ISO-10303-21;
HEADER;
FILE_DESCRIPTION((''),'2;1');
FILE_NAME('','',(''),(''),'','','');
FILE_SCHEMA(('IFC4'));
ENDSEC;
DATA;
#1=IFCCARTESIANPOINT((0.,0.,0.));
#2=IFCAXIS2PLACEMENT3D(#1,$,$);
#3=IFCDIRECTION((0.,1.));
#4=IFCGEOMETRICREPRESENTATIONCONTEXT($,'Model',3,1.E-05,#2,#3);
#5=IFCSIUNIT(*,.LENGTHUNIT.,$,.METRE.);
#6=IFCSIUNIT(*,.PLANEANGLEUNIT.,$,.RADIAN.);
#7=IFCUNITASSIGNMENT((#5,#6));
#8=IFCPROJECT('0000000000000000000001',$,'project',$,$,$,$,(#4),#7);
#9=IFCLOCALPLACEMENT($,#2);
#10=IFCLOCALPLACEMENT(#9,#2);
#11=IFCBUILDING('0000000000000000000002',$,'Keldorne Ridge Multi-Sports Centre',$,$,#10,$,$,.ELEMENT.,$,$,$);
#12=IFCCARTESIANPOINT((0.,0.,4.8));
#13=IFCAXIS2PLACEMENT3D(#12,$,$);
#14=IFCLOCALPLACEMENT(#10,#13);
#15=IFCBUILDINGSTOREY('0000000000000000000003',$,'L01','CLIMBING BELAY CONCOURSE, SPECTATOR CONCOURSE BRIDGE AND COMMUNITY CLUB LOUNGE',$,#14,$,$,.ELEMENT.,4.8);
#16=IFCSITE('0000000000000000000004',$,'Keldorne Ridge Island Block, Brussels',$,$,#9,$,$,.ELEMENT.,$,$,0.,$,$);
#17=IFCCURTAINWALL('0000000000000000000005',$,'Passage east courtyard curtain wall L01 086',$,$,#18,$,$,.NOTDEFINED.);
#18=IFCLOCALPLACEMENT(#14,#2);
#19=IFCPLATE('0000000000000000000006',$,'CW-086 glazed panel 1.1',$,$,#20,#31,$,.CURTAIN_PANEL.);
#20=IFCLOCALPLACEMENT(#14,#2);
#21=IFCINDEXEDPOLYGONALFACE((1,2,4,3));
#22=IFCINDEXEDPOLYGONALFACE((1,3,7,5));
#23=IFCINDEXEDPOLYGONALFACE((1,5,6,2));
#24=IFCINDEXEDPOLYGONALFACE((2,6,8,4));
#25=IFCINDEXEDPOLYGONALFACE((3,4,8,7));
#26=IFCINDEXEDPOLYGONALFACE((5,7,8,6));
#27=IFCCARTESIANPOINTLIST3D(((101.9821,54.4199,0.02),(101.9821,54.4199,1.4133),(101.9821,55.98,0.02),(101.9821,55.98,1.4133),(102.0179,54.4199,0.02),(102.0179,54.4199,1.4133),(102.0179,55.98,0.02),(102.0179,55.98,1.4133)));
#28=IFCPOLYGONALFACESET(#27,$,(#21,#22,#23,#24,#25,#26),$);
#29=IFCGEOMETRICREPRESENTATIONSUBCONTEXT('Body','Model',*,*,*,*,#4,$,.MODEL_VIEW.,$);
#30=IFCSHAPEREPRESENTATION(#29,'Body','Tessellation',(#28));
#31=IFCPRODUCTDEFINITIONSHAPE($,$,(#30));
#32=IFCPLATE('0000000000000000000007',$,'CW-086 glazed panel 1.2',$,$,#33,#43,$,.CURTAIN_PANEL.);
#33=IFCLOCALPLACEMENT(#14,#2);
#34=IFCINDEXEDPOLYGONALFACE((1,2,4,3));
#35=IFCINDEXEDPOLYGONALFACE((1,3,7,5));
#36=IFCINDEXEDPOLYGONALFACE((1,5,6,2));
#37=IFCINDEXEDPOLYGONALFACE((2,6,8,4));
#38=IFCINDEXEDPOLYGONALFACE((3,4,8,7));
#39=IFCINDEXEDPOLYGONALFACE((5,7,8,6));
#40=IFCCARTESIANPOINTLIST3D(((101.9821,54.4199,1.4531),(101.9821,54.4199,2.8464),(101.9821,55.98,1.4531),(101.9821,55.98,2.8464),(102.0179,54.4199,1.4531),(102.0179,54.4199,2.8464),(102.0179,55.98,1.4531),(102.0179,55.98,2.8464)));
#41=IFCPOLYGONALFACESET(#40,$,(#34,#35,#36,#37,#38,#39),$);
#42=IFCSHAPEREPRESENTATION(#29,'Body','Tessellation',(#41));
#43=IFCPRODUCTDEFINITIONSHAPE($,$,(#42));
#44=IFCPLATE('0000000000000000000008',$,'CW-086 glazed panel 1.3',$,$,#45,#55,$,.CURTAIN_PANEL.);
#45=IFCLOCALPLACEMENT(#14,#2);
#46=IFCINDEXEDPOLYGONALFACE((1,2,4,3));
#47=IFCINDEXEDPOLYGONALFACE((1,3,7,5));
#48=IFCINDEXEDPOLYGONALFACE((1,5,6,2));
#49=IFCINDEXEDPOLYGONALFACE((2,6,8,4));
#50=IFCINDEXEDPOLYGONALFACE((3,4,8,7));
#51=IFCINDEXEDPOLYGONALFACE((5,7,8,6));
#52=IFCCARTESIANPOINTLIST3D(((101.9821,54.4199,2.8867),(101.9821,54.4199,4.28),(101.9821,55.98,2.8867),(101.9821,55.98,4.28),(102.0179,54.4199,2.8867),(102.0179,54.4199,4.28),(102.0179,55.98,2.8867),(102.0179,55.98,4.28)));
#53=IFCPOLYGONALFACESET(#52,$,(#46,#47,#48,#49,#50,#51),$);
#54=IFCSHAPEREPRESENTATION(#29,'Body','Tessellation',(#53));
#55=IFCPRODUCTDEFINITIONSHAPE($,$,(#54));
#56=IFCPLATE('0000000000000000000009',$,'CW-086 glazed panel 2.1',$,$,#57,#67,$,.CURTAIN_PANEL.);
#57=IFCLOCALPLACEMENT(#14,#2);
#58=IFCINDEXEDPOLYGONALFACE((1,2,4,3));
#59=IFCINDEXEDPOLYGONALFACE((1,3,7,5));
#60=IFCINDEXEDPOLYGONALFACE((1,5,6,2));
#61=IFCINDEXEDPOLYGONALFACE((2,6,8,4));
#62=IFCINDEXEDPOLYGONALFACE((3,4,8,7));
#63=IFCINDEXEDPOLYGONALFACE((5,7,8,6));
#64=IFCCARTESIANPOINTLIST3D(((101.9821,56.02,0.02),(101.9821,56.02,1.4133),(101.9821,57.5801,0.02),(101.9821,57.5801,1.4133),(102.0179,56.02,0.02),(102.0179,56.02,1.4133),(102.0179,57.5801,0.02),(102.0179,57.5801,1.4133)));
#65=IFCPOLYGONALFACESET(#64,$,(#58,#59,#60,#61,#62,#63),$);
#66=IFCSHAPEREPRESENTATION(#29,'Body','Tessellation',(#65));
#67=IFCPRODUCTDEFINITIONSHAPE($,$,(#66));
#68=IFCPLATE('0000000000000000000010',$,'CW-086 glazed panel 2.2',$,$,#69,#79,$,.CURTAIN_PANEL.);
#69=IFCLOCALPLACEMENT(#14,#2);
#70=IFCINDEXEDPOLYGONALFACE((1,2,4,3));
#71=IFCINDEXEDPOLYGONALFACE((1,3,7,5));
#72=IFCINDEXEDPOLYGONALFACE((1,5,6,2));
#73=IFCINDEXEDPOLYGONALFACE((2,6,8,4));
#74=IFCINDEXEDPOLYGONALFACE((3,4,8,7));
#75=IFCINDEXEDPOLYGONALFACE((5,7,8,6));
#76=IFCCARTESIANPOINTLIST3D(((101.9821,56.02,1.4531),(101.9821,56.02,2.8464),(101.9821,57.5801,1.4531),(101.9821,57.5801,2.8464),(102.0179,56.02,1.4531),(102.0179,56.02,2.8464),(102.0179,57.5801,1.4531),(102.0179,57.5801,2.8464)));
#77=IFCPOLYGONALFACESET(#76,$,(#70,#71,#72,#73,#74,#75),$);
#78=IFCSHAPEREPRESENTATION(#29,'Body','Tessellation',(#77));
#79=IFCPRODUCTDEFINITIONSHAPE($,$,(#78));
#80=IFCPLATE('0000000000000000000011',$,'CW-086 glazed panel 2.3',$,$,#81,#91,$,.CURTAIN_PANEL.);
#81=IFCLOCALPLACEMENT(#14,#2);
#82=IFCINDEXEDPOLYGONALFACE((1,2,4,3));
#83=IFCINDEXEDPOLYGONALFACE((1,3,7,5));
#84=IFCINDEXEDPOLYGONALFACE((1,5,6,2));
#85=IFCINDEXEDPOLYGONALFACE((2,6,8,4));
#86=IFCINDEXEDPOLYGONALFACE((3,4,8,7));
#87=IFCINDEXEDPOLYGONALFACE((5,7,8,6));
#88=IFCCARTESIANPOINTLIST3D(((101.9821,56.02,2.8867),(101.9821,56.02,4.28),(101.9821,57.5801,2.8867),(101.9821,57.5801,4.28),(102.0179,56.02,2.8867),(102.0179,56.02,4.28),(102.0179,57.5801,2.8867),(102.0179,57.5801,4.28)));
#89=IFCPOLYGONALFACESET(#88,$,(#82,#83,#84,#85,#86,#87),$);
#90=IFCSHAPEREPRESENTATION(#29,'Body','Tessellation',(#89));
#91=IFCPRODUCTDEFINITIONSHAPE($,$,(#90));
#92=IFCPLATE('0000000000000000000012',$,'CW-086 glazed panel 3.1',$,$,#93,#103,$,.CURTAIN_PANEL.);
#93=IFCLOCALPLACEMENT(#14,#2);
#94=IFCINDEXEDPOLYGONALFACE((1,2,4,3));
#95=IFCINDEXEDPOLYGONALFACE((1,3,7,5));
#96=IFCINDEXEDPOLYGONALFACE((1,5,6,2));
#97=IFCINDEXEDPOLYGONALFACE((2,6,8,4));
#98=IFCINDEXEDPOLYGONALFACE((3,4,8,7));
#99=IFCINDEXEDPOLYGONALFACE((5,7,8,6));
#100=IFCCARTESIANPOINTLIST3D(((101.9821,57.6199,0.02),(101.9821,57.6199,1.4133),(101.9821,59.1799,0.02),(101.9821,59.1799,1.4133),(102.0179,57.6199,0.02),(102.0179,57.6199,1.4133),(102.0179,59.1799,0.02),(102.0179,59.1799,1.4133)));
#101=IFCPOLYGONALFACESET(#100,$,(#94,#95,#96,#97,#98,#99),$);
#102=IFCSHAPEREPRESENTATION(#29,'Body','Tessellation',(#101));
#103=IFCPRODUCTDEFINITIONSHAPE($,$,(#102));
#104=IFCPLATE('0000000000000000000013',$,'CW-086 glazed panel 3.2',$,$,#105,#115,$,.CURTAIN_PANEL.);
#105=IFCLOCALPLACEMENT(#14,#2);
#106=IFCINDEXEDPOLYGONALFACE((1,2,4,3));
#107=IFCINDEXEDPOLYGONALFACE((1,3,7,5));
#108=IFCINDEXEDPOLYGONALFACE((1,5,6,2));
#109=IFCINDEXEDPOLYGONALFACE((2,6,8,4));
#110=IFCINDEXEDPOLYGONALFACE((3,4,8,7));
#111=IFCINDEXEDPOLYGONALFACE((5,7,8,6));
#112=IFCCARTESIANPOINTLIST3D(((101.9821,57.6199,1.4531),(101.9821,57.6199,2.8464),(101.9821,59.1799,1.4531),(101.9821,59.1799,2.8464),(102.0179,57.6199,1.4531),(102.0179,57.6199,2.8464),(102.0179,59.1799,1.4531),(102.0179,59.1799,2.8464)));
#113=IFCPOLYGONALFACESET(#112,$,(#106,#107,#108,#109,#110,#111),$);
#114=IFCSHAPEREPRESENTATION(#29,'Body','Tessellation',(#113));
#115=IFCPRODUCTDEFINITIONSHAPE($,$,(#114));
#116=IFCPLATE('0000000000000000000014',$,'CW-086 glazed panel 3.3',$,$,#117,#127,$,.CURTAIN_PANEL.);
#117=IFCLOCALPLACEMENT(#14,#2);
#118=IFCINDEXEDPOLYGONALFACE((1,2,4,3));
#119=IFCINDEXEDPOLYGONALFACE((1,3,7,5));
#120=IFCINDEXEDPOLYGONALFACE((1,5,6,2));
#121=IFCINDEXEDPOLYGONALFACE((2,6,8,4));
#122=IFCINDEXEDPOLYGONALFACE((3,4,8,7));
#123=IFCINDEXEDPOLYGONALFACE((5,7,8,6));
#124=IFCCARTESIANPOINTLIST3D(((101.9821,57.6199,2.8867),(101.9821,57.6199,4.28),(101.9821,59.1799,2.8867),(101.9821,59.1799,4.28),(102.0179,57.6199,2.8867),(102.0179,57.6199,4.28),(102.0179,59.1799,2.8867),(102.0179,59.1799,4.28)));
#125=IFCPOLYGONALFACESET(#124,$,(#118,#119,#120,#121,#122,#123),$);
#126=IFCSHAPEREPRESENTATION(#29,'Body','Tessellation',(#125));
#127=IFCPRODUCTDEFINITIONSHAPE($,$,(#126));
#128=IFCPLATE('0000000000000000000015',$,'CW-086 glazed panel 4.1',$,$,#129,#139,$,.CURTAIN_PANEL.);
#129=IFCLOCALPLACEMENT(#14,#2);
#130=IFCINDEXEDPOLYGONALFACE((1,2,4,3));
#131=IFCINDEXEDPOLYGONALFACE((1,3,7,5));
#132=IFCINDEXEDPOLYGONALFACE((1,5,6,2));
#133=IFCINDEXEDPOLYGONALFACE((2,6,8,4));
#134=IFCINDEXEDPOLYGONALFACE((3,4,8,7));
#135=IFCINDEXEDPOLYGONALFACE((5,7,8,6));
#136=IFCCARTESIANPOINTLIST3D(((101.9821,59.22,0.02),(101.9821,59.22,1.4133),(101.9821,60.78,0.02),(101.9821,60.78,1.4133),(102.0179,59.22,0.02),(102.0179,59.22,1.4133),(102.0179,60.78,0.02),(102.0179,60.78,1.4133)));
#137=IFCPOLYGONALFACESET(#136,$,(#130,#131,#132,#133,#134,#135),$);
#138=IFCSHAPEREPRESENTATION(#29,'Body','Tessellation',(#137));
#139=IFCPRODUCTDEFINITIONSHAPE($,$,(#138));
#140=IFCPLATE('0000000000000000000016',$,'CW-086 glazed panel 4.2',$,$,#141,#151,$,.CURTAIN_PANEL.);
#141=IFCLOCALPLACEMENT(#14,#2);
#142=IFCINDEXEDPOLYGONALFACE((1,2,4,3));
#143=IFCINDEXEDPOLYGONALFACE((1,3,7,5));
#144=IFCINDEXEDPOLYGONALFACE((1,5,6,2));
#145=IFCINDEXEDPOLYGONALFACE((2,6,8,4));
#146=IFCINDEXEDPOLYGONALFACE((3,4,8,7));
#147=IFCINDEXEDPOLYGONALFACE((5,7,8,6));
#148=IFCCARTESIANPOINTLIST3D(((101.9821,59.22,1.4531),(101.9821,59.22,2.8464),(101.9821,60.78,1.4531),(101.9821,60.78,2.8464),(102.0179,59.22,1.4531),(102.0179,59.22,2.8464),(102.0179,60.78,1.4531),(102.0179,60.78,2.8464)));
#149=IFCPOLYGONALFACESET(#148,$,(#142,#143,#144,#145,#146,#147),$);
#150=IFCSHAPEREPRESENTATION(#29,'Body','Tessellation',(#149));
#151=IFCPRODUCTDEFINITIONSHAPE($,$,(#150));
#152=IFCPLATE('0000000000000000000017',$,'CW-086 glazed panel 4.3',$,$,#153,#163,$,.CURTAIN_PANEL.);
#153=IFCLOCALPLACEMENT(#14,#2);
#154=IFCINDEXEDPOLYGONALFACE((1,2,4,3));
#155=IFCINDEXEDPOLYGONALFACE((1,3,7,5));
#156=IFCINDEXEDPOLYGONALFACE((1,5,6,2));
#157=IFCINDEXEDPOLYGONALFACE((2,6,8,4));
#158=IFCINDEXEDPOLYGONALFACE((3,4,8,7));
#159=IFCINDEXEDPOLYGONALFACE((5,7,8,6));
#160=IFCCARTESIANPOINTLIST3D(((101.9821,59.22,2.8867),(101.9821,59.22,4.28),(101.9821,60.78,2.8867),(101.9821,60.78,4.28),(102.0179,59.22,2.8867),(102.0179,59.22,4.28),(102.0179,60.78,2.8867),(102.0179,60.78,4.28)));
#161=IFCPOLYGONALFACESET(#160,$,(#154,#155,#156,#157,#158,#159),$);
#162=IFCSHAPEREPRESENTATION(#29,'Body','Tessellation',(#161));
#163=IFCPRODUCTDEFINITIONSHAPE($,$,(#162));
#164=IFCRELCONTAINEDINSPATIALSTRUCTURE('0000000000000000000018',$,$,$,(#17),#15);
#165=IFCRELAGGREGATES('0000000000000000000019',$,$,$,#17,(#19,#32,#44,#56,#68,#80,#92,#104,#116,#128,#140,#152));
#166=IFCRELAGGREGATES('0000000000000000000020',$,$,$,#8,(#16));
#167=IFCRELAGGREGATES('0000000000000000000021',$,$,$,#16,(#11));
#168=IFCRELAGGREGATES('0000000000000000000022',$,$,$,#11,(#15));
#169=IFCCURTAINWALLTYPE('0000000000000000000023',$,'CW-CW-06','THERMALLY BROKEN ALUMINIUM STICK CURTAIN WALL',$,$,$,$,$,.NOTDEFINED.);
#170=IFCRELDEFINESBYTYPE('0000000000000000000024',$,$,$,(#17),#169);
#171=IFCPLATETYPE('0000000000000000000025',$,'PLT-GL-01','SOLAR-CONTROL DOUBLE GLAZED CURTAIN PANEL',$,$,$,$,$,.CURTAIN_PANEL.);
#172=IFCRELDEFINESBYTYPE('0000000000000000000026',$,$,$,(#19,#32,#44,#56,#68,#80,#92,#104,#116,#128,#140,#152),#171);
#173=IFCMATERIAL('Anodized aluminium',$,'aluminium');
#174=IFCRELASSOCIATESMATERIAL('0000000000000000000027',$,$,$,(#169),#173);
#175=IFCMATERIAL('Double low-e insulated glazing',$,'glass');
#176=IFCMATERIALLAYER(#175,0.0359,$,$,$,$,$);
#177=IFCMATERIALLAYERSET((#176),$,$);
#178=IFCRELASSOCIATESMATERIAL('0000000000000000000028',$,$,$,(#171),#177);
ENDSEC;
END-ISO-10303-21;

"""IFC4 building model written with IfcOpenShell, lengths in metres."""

from ifc_helpers import new_model, si_unit, direction, frame, origin, origin_2d, place, context, subcontext, project, spatial, rectangle, extrude, material, layer, layer_set, type_object, element, aggregate, save


model = new_model("IFC4")

# Units and contexts
model_context = context("Model", 3, precision=1e-05, world=origin(), true_north=direction((0.0, 1.0)))
body_context = subcontext(model_context, "Body", "Model", "MODEL_VIEW")
ifc_project = project(units=[si_unit("LENGTHUNIT", "METRE"), si_unit("PLANEANGLEUNIT", "RADIAN")], contexts=[model_context])

# Site, building, storey
site_placement = place(None, origin())
site = spatial("IfcSite", under=ifc_project, at=site_placement, Name="Keldorne Ridge Island Block, Brussels", CompositionType="ELEMENT", RefElevation=0.0)
building_placement = place(site_placement, origin())
building = spatial("IfcBuilding", under=site, at=building_placement, Name="Keldorne Ridge Multi-Sports Centre", CompositionType="ELEMENT")
storey_placement = place(building_placement, frame((0.0, 0.0, 4.8)))
storey = spatial("IfcBuildingStorey", under=building, at=storey_placement, Name="L01", Description="CLIMBING BELAY CONCOURSE, SPECTATOR CONCOURSE BRIDGE AND COMMUNITY CLUB LOUNGE", CompositionType="ELEMENT", Elevation=4.8)

# Curtain wall
ifc_material_1 = material(Name="Anodized aluminium", Category="aluminium")
curtain_wall_type = type_object("IfcCurtainWallType", Name="CW-CW-06", Description="THERMALLY BROKEN ALUMINIUM STICK CURTAIN WALL", PredefinedType="NOTDEFINED", material=ifc_material_1)
curtain_wall_placement = place(storey_placement, origin())
curtain_wall = element("IfcCurtainWall", 1, at=curtain_wall_placement, inside=storey, type_object=curtain_wall_type, Name="Passage east courtyard curtain wall L01 086", PredefinedType="NOTDEFINED")

# Plates
ifc_material_2 = material(Name="Double low-e insulated glazing", Category="glass")
ifc_layer = layer(ifc_material_2, 0.0359)
ifc_layer_set = layer_set([ifc_layer])
plate_type = type_object("IfcPlateType", Name="PLT-GL-01", Description="SOLAR-CONTROL DOUBLE GLAZED CURTAIN PANEL", PredefinedType="CURTAIN_PANEL", material=ifc_layer_set)
plate_1_placement = place(storey_placement, frame((102.0, 55.2, 0.02), z_axis=(0.0, 0.0, 1.0), x_axis=(0.0, 1.0, 0.0)))
plate_1 = element("IfcPlate", 2, at=plate_1_placement, type_object=plate_type, Name="CW-086 glazed panel 1.1", PredefinedType="CURTAIN_PANEL", context=body_context, shape_type="SweptSolid", body=[
    extrude(rectangle(XDim=1.5601, YDim=0.0359, at=origin_2d()), origin(), (0.0, 0.0, 1.0), 1.3933),
])
plate_2_placement = place(storey_placement, frame((102.0, 55.2, 1.4531), z_axis=(0.0, 0.0, 1.0), x_axis=(0.0, 1.0, 0.0)))
plate_2 = element("IfcPlate", 3, at=plate_2_placement, type_object=plate_type, Name="CW-086 glazed panel 1.2", PredefinedType="CURTAIN_PANEL", context=body_context, shape_type="SweptSolid", body=[
    extrude(rectangle(XDim=1.5601, YDim=0.0359, at=origin_2d()), origin(), (0.0, 0.0, 1.0), 1.3933),
])
plate_3_placement = place(storey_placement, frame((102.0, 55.2, 2.8867), z_axis=(0.0, 0.0, 1.0), x_axis=(0.0, 1.0, 0.0)))
plate_3 = element("IfcPlate", 4, at=plate_3_placement, type_object=plate_type, Name="CW-086 glazed panel 1.3", PredefinedType="CURTAIN_PANEL", context=body_context, shape_type="SweptSolid", body=[
    extrude(rectangle(XDim=1.5601, YDim=0.0359, at=origin_2d()), origin(), (0.0, 0.0, 1.0), 1.3933),
])
plate_4_placement = place(storey_placement, frame((102.0, 56.8, 0.02), z_axis=(0.0, 0.0, 1.0), x_axis=(0.0, 1.0, 0.0)))
plate_4 = element("IfcPlate", 5, at=plate_4_placement, type_object=plate_type, Name="CW-086 glazed panel 2.1", PredefinedType="CURTAIN_PANEL", context=body_context, shape_type="SweptSolid", body=[
    extrude(rectangle(XDim=1.5601, YDim=0.0359, at=origin_2d()), origin(), (0.0, 0.0, 1.0), 1.3933),
])
plate_5_placement = place(storey_placement, frame((102.0, 56.8, 1.4531), z_axis=(0.0, 0.0, 1.0), x_axis=(0.0, 1.0, 0.0)))
plate_5 = element("IfcPlate", 6, at=plate_5_placement, type_object=plate_type, Name="CW-086 glazed panel 2.2", PredefinedType="CURTAIN_PANEL", context=body_context, shape_type="SweptSolid", body=[
    extrude(rectangle(XDim=1.5601, YDim=0.0359, at=origin_2d()), origin(), (0.0, 0.0, 1.0), 1.3933),
])
plate_6_placement = place(storey_placement, frame((102.0, 56.8, 2.8867), z_axis=(0.0, 0.0, 1.0), x_axis=(0.0, 1.0, 0.0)))
plate_6 = element("IfcPlate", 7, at=plate_6_placement, type_object=plate_type, Name="CW-086 glazed panel 2.3", PredefinedType="CURTAIN_PANEL", context=body_context, shape_type="SweptSolid", body=[
    extrude(rectangle(XDim=1.5601, YDim=0.0359, at=origin_2d()), origin(), (0.0, 0.0, 1.0), 1.3933),
])
plate_7_placement = place(storey_placement, frame((102.0, 58.3999, 0.02), z_axis=(0.0, 0.0, 1.0), x_axis=(0.0, 1.0, 0.0)))
plate_7 = element("IfcPlate", 8, at=plate_7_placement, type_object=plate_type, Name="CW-086 glazed panel 3.1", PredefinedType="CURTAIN_PANEL", context=body_context, shape_type="SweptSolid", body=[
    extrude(rectangle(XDim=1.5601, YDim=0.0359, at=origin_2d()), origin(), (0.0, 0.0, 1.0), 1.3933),
])
plate_8_placement = place(storey_placement, frame((102.0, 58.3999, 1.4531), z_axis=(0.0, 0.0, 1.0), x_axis=(0.0, 1.0, 0.0)))
plate_8 = element("IfcPlate", 9, at=plate_8_placement, type_object=plate_type, Name="CW-086 glazed panel 3.2", PredefinedType="CURTAIN_PANEL", context=body_context, shape_type="SweptSolid", body=[
    extrude(rectangle(XDim=1.5601, YDim=0.0359, at=origin_2d()), origin(), (0.0, 0.0, 1.0), 1.3933),
])
plate_9_placement = place(storey_placement, frame((102.0, 58.3999, 2.8867), z_axis=(0.0, 0.0, 1.0), x_axis=(0.0, 1.0, 0.0)))
plate_9 = element("IfcPlate", 10, at=plate_9_placement, type_object=plate_type, Name="CW-086 glazed panel 3.3", PredefinedType="CURTAIN_PANEL", context=body_context, shape_type="SweptSolid", body=[
    extrude(rectangle(XDim=1.5601, YDim=0.0359, at=origin_2d()), origin(), (0.0, 0.0, 1.0), 1.3933),
])
plate_10_placement = place(storey_placement, frame((102.0, 60.0, 0.02), z_axis=(0.0, 0.0, 1.0), x_axis=(0.0, 1.0, 0.0)))
plate_10 = element("IfcPlate", 11, at=plate_10_placement, type_object=plate_type, Name="CW-086 glazed panel 4.1", PredefinedType="CURTAIN_PANEL", context=body_context, shape_type="SweptSolid", body=[
    extrude(rectangle(XDim=1.5601, YDim=0.0359, at=origin_2d()), origin(), (0.0, 0.0, 1.0), 1.3933),
])
plate_11_placement = place(storey_placement, frame((102.0, 60.0, 1.4531), z_axis=(0.0, 0.0, 1.0), x_axis=(0.0, 1.0, 0.0)))
plate_11 = element("IfcPlate", 12, at=plate_11_placement, type_object=plate_type, Name="CW-086 glazed panel 4.2", PredefinedType="CURTAIN_PANEL", context=body_context, shape_type="SweptSolid", body=[
    extrude(rectangle(XDim=1.5601, YDim=0.0359, at=origin_2d()), origin(), (0.0, 0.0, 1.0), 1.3933),
])
plate_12_placement = place(storey_placement, frame((102.0, 60.0, 2.8867), z_axis=(0.0, 0.0, 1.0), x_axis=(0.0, 1.0, 0.0)))
plate_12 = element("IfcPlate", 13, at=plate_12_placement, type_object=plate_type, Name="CW-086 glazed panel 4.3", PredefinedType="CURTAIN_PANEL", context=body_context, shape_type="SweptSolid", body=[
    extrude(rectangle(XDim=1.5601, YDim=0.0359, at=origin_2d()), origin(), (0.0, 0.0, 1.0), 1.3933),
])
aggregate(curtain_wall, [plate_1, plate_2, plate_3, plate_4, plate_5, plate_6, plate_7, plate_8, plate_9, plate_10, plate_11, plate_12])

save(model, "model.ifc")
